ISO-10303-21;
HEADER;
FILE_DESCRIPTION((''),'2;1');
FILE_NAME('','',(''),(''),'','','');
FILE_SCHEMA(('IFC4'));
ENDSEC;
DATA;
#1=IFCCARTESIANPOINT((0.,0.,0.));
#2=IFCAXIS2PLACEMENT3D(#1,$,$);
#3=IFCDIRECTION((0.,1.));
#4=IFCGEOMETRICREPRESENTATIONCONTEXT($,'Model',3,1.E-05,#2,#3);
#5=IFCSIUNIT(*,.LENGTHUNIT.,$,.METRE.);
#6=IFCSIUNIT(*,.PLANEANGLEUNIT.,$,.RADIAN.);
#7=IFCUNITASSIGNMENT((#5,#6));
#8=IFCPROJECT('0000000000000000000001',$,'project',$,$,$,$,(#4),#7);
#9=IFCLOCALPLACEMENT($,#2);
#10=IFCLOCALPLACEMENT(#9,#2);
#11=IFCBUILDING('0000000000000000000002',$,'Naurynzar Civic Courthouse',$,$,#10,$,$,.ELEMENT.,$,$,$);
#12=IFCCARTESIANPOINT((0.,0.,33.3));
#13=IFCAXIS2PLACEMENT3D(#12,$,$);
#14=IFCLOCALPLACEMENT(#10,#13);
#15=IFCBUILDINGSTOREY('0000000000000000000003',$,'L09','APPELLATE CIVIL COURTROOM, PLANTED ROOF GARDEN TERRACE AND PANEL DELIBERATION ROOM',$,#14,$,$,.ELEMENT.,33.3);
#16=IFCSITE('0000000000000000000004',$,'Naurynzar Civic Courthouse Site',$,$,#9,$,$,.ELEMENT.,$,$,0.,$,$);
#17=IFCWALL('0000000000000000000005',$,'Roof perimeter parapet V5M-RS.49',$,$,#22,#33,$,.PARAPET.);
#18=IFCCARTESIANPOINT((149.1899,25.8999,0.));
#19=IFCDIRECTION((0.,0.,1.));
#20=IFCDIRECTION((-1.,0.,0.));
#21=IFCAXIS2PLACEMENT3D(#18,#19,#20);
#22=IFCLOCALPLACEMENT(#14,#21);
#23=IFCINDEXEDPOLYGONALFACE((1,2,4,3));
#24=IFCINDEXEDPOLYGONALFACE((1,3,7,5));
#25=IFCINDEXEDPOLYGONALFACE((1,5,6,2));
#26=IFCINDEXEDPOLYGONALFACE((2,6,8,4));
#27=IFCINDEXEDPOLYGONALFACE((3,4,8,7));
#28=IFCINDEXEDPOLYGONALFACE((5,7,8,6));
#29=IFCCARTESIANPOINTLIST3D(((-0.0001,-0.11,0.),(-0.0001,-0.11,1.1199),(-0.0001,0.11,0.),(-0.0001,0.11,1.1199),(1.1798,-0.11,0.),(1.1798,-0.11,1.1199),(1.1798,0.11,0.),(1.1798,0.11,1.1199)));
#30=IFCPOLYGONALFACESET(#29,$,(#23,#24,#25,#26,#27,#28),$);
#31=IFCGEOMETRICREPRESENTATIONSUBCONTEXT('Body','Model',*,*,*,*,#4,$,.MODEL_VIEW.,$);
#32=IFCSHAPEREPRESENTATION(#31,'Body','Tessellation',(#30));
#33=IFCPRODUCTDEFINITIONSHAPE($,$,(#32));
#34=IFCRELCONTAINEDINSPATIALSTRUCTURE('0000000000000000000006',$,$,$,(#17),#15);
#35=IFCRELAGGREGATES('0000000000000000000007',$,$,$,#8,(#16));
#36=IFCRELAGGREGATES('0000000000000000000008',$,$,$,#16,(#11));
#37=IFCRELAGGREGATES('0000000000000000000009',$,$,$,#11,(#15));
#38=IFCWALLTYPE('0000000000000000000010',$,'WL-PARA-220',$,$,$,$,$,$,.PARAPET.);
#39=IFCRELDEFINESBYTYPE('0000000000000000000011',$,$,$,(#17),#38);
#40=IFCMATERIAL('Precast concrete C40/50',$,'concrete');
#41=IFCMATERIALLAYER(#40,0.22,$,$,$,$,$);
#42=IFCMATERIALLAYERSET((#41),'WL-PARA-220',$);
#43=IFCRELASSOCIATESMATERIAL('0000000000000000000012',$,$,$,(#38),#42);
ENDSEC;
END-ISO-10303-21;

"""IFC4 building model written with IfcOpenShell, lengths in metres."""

from ifc_helpers import new_model, si_unit, direction, frame, frame_2d, origin, place, context, subcontext, project, spatial, rectangle, extrude, material, layer, layer_set, type_object, element, save


model = new_model("IFC4")

# Units and contexts
model_context = context("Model", 3, precision=1e-05, world=origin(), true_north=direction((0.0, 1.0)))
body_context = subcontext(model_context, "Body", "Model", "MODEL_VIEW")
ifc_project = project(units=[si_unit("LENGTHUNIT", "METRE"), si_unit("PLANEANGLEUNIT", "RADIAN")], contexts=[model_context])

# Site, building, storey
site_placement = place(None, origin())
site = spatial("IfcSite", under=ifc_project, at=site_placement, Name="Naurynzar Civic Courthouse Site", CompositionType="ELEMENT", RefElevation=0.0)
building_placement = place(site_placement, origin())
building = spatial("IfcBuilding", under=site, at=building_placement, Name="Naurynzar Civic Courthouse", CompositionType="ELEMENT")
storey_placement = place(building_placement, frame((0.0, 0.0, 33.3)))
storey = spatial("IfcBuildingStorey", under=building, at=storey_placement, Name="L09", Description="APPELLATE CIVIL COURTROOM, PLANTED ROOF GARDEN TERRACE AND PANEL DELIBERATION ROOM", CompositionType="ELEMENT", Elevation=33.3)

# Wall
ifc_material_1 = material(Name="Precast concrete C40/50", Category="concrete")
ifc_layer_1 = layer(ifc_material_1, 0.22)
ifc_layer_set_1 = layer_set([ifc_layer_1], Name="WL-PARA-220")
wall_type_1 = type_object("IfcWallType", Name="WL-PARA-220", PredefinedType="PARAPET", material=ifc_layer_set_1)
for number, where, z_axis, x_axis, name in (
    (1, (149.1899, 25.8999, 0.0), (0.0, 0.0, 1.0), (-1.0, 0.0, 0.0), "Roof perimeter parapet V5M-RS.49"),
):
    element("IfcWall", number, at=place(storey_placement, frame(where, z_axis=z_axis, x_axis=x_axis)), inside=storey, type_object=wall_type_1, Name=name, PredefinedType="PARAPET", context=body_context, shape_type="SweptSolid", body=[
        extrude(rectangle(XDim=1.1799, YDim=0.22, at=frame_2d((0.5898, 0.0))), origin(), (0.0, 0.0, 1.0), 1.1199),
    ])

save(model, "model.ifc")
